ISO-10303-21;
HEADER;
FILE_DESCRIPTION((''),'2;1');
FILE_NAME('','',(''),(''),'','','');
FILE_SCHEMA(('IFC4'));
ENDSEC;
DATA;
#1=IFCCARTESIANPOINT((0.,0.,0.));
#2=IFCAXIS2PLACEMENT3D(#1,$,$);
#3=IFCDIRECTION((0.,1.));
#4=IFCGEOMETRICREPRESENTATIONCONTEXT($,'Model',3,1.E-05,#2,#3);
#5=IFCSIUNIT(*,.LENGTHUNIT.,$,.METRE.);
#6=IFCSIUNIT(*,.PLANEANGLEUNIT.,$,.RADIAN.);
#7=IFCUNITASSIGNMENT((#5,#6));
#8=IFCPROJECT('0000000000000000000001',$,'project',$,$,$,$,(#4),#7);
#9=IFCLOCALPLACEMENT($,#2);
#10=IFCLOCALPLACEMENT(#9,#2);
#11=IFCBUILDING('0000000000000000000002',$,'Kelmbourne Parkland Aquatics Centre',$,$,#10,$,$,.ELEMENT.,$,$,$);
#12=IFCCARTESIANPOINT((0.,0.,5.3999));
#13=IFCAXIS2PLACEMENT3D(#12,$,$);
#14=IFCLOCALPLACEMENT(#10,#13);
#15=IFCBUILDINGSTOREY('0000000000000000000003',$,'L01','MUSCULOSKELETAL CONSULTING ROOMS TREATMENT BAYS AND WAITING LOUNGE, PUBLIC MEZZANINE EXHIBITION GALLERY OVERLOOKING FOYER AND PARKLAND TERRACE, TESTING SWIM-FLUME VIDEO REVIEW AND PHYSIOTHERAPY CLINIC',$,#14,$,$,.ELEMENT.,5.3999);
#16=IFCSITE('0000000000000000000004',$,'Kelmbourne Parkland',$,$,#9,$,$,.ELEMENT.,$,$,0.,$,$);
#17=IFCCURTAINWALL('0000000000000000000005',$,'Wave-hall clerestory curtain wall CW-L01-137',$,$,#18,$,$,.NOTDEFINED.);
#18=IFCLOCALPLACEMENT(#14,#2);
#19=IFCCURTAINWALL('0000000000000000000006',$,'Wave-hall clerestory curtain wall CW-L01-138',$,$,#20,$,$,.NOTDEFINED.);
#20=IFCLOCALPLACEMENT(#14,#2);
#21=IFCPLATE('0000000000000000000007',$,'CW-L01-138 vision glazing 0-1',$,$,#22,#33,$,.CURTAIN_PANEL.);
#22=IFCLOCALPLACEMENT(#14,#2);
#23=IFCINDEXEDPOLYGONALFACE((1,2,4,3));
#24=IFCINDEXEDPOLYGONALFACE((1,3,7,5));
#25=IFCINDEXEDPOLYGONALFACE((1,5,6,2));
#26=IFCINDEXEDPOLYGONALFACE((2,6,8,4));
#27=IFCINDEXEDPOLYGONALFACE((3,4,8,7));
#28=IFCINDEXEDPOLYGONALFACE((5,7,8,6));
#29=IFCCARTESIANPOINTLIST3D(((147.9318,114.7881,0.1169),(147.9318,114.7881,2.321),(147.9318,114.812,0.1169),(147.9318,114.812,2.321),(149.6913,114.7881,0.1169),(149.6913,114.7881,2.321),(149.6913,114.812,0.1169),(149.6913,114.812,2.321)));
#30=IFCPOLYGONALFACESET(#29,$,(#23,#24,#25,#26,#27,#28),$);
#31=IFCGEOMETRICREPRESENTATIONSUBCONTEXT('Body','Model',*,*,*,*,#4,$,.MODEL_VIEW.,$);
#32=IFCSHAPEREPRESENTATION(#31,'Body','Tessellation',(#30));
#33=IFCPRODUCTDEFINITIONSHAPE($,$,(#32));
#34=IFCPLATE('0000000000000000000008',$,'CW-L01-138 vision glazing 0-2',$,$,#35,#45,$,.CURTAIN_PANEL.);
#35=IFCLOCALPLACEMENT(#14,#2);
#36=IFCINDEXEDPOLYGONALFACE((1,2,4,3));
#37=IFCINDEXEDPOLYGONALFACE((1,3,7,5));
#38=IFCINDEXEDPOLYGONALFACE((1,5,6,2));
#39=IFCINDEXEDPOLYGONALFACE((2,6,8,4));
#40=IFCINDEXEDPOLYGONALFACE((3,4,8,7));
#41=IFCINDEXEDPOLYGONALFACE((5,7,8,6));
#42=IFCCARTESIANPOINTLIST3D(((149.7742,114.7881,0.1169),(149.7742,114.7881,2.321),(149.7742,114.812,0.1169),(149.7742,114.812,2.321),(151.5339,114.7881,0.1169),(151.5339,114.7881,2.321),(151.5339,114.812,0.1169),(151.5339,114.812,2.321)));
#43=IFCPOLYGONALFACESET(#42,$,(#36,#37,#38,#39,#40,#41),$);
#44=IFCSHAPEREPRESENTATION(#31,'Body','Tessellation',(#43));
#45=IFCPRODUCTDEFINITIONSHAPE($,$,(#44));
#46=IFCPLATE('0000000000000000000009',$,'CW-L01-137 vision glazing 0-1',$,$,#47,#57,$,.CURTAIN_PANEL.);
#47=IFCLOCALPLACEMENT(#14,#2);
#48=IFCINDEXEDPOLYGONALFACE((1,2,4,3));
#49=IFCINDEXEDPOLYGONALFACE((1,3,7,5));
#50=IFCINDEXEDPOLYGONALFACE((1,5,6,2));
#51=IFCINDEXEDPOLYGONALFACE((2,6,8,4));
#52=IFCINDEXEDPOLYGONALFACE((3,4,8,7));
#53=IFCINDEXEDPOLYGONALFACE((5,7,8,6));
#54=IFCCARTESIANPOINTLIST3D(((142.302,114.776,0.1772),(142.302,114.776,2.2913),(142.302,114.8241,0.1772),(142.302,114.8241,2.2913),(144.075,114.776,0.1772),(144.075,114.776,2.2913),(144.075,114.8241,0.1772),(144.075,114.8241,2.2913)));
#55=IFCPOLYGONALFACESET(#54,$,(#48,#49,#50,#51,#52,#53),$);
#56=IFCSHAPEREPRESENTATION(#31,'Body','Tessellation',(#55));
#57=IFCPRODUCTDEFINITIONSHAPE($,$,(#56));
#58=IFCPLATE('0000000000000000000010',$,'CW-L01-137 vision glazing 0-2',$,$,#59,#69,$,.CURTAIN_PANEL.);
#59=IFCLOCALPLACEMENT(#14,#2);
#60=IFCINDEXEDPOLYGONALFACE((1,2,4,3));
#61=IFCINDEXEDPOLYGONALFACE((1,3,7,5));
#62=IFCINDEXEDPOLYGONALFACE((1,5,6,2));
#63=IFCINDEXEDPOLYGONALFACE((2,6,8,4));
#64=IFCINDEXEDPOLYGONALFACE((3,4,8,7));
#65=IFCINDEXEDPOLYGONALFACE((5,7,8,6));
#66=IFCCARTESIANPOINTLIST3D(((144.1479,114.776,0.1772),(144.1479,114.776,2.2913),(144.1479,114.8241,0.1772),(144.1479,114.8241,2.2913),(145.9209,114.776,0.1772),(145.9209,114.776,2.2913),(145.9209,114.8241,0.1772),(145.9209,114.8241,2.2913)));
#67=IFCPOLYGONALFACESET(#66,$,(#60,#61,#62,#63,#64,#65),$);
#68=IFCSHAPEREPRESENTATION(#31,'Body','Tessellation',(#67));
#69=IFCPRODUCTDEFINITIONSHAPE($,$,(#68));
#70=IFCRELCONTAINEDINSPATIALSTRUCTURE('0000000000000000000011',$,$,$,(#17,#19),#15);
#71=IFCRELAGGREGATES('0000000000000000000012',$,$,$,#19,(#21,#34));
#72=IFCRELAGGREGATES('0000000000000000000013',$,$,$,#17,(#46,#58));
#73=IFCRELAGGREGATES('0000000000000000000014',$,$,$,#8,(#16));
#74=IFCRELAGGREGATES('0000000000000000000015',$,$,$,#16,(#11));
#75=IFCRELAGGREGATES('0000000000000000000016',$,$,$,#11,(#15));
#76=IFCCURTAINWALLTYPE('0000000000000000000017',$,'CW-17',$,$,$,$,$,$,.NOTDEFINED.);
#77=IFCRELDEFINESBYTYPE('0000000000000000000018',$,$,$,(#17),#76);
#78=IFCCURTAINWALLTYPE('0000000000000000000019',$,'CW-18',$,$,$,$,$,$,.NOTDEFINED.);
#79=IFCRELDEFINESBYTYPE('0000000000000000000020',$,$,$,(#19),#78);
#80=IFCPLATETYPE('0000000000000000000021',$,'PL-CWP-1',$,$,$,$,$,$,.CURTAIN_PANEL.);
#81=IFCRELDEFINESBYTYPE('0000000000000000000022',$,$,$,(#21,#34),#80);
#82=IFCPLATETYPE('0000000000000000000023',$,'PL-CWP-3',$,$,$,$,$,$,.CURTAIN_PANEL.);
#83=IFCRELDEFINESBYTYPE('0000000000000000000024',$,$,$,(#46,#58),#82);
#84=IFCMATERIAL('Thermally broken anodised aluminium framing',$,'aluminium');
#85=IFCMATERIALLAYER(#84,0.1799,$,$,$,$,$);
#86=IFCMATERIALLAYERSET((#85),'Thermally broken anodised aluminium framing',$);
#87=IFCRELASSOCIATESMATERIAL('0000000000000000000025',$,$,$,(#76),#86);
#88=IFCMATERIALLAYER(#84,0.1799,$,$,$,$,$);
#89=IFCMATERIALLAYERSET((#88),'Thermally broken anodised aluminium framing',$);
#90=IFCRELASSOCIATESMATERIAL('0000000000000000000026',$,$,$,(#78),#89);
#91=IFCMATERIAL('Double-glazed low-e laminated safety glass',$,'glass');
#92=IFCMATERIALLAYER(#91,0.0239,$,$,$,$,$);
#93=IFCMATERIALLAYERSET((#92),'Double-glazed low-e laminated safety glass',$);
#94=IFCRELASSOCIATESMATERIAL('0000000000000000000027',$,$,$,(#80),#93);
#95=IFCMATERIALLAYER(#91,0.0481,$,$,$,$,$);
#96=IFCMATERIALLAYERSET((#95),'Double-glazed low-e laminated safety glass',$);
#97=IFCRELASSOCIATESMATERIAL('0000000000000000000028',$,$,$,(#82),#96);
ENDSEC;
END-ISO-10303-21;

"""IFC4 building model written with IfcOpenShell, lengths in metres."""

from ifc_helpers import new_model, si_unit, direction, frame, origin, origin_2d, place, context, subcontext, project, spatial, rectangle, extrude, material, layer, layer_set, type_object, element, aggregate, save


model = new_model("IFC4")

# Units and contexts
model_context = context("Model", 3, precision=1e-05, world=origin(), true_north=direction((0.0, 1.0)))
body_context = subcontext(model_context, "Body", "Model", "MODEL_VIEW")
ifc_project = project(units=[si_unit("LENGTHUNIT", "METRE"), si_unit("PLANEANGLEUNIT", "RADIAN")], contexts=[model_context])

# Site, building, storey
site_placement = place(None, origin())
site = spatial("IfcSite", under=ifc_project, at=site_placement, Name="Kelmbourne Parkland", CompositionType="ELEMENT", RefElevation=0.0)
building_placement = place(site_placement, origin())
building = spatial("IfcBuilding", under=site, at=building_placement, Name="Kelmbourne Parkland Aquatics Centre", CompositionType="ELEMENT")
storey_placement = place(building_placement, frame((0.0, 0.0, 5.3999)))
storey = spatial("IfcBuildingStorey", under=building, at=storey_placement, Name="L01", Description="MUSCULOSKELETAL CONSULTING ROOMS TREATMENT BAYS AND WAITING LOUNGE, PUBLIC MEZZANINE EXHIBITION GALLERY OVERLOOKING FOYER AND PARKLAND TERRACE, TESTING SWIM-FLUME VIDEO REVIEW AND PHYSIOTHERAPY CLINIC", CompositionType="ELEMENT", Elevation=5.3999)

# Curtain walls
ifc_material_1 = material(Name="Thermally broken anodised aluminium framing", Category="aluminium")
ifc_layer_1 = layer(ifc_material_1, 0.1799)
ifc_layer_set_1 = layer_set([ifc_layer_1], Name="Thermally broken anodised aluminium framing")
curtain_wall_type_1 = type_object("IfcCurtainWallType", Name="CW-17", PredefinedType="NOTDEFINED", material=ifc_layer_set_1)
curtain_wall_1_placement = place(storey_placement, origin())
curtain_wall_1 = element("IfcCurtainWall", 1, at=curtain_wall_1_placement, inside=storey, type_object=curtain_wall_type_1, Name="Wave-hall clerestory curtain wall CW-L01-137", PredefinedType="NOTDEFINED")
ifc_layer_2 = layer(ifc_material_1, 0.1799)
ifc_layer_set_2 = layer_set([ifc_layer_2], Name="Thermally broken anodised aluminium framing")
curtain_wall_type_2 = type_object("IfcCurtainWallType", Name="CW-18", PredefinedType="NOTDEFINED", material=ifc_layer_set_2)
curtain_wall_2_placement = place(storey_placement, origin())
curtain_wall_2 = element("IfcCurtainWall", 2, at=curtain_wall_2_placement, inside=storey, type_object=curtain_wall_type_2, Name="Wave-hall clerestory curtain wall CW-L01-138", PredefinedType="NOTDEFINED")

# Plates
ifc_material_2 = material(Name="Double-glazed low-e laminated safety glass", Category="glass")
ifc_layer_3 = layer(ifc_material_2, 0.0239)
ifc_layer_set_3 = layer_set([ifc_layer_3], Name="Double-glazed low-e laminated safety glass")
plate_type_1 = type_object("IfcPlateType", Name="PL-CWP-1", PredefinedType="CURTAIN_PANEL", material=ifc_layer_set_3)
plate_1_placement = place(storey_placement, frame((148.8115, 114.8, 0.1169), z_axis=(0.0, 0.0, 1.0), x_axis=(1.0, 0.0, 0.0)))
plate_1 = element("IfcPlate", 3, at=plate_1_placement, type_object=plate_type_1, Name="CW-L01-138 vision glazing 0-1", PredefinedType="CURTAIN_PANEL", context=body_context, shape_type="SweptSolid", body=[
    extrude(rectangle(XDim=1.7595, YDim=0.0239, at=origin_2d()), origin(), (0.0, 0.0, 1.0), 2.2041),
])
plate_2_placement = place(storey_placement, frame((150.6541, 114.8, 0.1169), z_axis=(0.0, 0.0, 1.0), x_axis=(1.0, 0.0, 0.0)))
plate_2 = element("IfcPlate", 4, at=plate_2_placement, type_object=plate_type_1, Name="CW-L01-138 vision glazing 0-2", PredefinedType="CURTAIN_PANEL", context=body_context, shape_type="SweptSolid", body=[
    extrude(rectangle(XDim=1.7598, YDim=0.0239, at=origin_2d()), origin(), (0.0, 0.0, 1.0), 2.2041),
])
aggregate(curtain_wall_2, [plate_1, plate_2])
ifc_layer_4 = layer(ifc_material_2, 0.0481)
ifc_layer_set_4 = layer_set([ifc_layer_4], Name="Double-glazed low-e laminated safety glass")
plate_type_2 = type_object("IfcPlateType", Name="PL-CWP-3", PredefinedType="CURTAIN_PANEL", material=ifc_layer_set_4)
plate_3_placement = place(storey_placement, frame((143.1885, 114.8, 0.1772), z_axis=(0.0, 0.0, 1.0), x_axis=(1.0, 0.0, 0.0)))
plate_3 = element("IfcPlate", 5, at=plate_3_placement, type_object=plate_type_2, Name="CW-L01-137 vision glazing 0-1", PredefinedType="CURTAIN_PANEL", context=body_context, shape_type="SweptSolid", body=[
    extrude(rectangle(XDim=1.7729, YDim=0.0481, at=origin_2d()), origin(), (0.0, 0.0, 1.0), 2.114),
])
plate_4_placement = place(storey_placement, frame((145.0344, 114.8, 0.1772), z_axis=(0.0, 0.0, 1.0), x_axis=(1.0, 0.0, 0.0)))
plate_4 = element("IfcPlate", 6, at=plate_4_placement, type_object=plate_type_2, Name="CW-L01-137 vision glazing 0-2", PredefinedType="CURTAIN_PANEL", context=body_context, shape_type="SweptSolid", body=[
    extrude(rectangle(XDim=1.7729, YDim=0.0481, at=origin_2d()), origin(), (0.0, 0.0, 1.0), 2.114),
])
aggregate(curtain_wall_1, [plate_3, plate_4])

save(model, "model.ifc")
